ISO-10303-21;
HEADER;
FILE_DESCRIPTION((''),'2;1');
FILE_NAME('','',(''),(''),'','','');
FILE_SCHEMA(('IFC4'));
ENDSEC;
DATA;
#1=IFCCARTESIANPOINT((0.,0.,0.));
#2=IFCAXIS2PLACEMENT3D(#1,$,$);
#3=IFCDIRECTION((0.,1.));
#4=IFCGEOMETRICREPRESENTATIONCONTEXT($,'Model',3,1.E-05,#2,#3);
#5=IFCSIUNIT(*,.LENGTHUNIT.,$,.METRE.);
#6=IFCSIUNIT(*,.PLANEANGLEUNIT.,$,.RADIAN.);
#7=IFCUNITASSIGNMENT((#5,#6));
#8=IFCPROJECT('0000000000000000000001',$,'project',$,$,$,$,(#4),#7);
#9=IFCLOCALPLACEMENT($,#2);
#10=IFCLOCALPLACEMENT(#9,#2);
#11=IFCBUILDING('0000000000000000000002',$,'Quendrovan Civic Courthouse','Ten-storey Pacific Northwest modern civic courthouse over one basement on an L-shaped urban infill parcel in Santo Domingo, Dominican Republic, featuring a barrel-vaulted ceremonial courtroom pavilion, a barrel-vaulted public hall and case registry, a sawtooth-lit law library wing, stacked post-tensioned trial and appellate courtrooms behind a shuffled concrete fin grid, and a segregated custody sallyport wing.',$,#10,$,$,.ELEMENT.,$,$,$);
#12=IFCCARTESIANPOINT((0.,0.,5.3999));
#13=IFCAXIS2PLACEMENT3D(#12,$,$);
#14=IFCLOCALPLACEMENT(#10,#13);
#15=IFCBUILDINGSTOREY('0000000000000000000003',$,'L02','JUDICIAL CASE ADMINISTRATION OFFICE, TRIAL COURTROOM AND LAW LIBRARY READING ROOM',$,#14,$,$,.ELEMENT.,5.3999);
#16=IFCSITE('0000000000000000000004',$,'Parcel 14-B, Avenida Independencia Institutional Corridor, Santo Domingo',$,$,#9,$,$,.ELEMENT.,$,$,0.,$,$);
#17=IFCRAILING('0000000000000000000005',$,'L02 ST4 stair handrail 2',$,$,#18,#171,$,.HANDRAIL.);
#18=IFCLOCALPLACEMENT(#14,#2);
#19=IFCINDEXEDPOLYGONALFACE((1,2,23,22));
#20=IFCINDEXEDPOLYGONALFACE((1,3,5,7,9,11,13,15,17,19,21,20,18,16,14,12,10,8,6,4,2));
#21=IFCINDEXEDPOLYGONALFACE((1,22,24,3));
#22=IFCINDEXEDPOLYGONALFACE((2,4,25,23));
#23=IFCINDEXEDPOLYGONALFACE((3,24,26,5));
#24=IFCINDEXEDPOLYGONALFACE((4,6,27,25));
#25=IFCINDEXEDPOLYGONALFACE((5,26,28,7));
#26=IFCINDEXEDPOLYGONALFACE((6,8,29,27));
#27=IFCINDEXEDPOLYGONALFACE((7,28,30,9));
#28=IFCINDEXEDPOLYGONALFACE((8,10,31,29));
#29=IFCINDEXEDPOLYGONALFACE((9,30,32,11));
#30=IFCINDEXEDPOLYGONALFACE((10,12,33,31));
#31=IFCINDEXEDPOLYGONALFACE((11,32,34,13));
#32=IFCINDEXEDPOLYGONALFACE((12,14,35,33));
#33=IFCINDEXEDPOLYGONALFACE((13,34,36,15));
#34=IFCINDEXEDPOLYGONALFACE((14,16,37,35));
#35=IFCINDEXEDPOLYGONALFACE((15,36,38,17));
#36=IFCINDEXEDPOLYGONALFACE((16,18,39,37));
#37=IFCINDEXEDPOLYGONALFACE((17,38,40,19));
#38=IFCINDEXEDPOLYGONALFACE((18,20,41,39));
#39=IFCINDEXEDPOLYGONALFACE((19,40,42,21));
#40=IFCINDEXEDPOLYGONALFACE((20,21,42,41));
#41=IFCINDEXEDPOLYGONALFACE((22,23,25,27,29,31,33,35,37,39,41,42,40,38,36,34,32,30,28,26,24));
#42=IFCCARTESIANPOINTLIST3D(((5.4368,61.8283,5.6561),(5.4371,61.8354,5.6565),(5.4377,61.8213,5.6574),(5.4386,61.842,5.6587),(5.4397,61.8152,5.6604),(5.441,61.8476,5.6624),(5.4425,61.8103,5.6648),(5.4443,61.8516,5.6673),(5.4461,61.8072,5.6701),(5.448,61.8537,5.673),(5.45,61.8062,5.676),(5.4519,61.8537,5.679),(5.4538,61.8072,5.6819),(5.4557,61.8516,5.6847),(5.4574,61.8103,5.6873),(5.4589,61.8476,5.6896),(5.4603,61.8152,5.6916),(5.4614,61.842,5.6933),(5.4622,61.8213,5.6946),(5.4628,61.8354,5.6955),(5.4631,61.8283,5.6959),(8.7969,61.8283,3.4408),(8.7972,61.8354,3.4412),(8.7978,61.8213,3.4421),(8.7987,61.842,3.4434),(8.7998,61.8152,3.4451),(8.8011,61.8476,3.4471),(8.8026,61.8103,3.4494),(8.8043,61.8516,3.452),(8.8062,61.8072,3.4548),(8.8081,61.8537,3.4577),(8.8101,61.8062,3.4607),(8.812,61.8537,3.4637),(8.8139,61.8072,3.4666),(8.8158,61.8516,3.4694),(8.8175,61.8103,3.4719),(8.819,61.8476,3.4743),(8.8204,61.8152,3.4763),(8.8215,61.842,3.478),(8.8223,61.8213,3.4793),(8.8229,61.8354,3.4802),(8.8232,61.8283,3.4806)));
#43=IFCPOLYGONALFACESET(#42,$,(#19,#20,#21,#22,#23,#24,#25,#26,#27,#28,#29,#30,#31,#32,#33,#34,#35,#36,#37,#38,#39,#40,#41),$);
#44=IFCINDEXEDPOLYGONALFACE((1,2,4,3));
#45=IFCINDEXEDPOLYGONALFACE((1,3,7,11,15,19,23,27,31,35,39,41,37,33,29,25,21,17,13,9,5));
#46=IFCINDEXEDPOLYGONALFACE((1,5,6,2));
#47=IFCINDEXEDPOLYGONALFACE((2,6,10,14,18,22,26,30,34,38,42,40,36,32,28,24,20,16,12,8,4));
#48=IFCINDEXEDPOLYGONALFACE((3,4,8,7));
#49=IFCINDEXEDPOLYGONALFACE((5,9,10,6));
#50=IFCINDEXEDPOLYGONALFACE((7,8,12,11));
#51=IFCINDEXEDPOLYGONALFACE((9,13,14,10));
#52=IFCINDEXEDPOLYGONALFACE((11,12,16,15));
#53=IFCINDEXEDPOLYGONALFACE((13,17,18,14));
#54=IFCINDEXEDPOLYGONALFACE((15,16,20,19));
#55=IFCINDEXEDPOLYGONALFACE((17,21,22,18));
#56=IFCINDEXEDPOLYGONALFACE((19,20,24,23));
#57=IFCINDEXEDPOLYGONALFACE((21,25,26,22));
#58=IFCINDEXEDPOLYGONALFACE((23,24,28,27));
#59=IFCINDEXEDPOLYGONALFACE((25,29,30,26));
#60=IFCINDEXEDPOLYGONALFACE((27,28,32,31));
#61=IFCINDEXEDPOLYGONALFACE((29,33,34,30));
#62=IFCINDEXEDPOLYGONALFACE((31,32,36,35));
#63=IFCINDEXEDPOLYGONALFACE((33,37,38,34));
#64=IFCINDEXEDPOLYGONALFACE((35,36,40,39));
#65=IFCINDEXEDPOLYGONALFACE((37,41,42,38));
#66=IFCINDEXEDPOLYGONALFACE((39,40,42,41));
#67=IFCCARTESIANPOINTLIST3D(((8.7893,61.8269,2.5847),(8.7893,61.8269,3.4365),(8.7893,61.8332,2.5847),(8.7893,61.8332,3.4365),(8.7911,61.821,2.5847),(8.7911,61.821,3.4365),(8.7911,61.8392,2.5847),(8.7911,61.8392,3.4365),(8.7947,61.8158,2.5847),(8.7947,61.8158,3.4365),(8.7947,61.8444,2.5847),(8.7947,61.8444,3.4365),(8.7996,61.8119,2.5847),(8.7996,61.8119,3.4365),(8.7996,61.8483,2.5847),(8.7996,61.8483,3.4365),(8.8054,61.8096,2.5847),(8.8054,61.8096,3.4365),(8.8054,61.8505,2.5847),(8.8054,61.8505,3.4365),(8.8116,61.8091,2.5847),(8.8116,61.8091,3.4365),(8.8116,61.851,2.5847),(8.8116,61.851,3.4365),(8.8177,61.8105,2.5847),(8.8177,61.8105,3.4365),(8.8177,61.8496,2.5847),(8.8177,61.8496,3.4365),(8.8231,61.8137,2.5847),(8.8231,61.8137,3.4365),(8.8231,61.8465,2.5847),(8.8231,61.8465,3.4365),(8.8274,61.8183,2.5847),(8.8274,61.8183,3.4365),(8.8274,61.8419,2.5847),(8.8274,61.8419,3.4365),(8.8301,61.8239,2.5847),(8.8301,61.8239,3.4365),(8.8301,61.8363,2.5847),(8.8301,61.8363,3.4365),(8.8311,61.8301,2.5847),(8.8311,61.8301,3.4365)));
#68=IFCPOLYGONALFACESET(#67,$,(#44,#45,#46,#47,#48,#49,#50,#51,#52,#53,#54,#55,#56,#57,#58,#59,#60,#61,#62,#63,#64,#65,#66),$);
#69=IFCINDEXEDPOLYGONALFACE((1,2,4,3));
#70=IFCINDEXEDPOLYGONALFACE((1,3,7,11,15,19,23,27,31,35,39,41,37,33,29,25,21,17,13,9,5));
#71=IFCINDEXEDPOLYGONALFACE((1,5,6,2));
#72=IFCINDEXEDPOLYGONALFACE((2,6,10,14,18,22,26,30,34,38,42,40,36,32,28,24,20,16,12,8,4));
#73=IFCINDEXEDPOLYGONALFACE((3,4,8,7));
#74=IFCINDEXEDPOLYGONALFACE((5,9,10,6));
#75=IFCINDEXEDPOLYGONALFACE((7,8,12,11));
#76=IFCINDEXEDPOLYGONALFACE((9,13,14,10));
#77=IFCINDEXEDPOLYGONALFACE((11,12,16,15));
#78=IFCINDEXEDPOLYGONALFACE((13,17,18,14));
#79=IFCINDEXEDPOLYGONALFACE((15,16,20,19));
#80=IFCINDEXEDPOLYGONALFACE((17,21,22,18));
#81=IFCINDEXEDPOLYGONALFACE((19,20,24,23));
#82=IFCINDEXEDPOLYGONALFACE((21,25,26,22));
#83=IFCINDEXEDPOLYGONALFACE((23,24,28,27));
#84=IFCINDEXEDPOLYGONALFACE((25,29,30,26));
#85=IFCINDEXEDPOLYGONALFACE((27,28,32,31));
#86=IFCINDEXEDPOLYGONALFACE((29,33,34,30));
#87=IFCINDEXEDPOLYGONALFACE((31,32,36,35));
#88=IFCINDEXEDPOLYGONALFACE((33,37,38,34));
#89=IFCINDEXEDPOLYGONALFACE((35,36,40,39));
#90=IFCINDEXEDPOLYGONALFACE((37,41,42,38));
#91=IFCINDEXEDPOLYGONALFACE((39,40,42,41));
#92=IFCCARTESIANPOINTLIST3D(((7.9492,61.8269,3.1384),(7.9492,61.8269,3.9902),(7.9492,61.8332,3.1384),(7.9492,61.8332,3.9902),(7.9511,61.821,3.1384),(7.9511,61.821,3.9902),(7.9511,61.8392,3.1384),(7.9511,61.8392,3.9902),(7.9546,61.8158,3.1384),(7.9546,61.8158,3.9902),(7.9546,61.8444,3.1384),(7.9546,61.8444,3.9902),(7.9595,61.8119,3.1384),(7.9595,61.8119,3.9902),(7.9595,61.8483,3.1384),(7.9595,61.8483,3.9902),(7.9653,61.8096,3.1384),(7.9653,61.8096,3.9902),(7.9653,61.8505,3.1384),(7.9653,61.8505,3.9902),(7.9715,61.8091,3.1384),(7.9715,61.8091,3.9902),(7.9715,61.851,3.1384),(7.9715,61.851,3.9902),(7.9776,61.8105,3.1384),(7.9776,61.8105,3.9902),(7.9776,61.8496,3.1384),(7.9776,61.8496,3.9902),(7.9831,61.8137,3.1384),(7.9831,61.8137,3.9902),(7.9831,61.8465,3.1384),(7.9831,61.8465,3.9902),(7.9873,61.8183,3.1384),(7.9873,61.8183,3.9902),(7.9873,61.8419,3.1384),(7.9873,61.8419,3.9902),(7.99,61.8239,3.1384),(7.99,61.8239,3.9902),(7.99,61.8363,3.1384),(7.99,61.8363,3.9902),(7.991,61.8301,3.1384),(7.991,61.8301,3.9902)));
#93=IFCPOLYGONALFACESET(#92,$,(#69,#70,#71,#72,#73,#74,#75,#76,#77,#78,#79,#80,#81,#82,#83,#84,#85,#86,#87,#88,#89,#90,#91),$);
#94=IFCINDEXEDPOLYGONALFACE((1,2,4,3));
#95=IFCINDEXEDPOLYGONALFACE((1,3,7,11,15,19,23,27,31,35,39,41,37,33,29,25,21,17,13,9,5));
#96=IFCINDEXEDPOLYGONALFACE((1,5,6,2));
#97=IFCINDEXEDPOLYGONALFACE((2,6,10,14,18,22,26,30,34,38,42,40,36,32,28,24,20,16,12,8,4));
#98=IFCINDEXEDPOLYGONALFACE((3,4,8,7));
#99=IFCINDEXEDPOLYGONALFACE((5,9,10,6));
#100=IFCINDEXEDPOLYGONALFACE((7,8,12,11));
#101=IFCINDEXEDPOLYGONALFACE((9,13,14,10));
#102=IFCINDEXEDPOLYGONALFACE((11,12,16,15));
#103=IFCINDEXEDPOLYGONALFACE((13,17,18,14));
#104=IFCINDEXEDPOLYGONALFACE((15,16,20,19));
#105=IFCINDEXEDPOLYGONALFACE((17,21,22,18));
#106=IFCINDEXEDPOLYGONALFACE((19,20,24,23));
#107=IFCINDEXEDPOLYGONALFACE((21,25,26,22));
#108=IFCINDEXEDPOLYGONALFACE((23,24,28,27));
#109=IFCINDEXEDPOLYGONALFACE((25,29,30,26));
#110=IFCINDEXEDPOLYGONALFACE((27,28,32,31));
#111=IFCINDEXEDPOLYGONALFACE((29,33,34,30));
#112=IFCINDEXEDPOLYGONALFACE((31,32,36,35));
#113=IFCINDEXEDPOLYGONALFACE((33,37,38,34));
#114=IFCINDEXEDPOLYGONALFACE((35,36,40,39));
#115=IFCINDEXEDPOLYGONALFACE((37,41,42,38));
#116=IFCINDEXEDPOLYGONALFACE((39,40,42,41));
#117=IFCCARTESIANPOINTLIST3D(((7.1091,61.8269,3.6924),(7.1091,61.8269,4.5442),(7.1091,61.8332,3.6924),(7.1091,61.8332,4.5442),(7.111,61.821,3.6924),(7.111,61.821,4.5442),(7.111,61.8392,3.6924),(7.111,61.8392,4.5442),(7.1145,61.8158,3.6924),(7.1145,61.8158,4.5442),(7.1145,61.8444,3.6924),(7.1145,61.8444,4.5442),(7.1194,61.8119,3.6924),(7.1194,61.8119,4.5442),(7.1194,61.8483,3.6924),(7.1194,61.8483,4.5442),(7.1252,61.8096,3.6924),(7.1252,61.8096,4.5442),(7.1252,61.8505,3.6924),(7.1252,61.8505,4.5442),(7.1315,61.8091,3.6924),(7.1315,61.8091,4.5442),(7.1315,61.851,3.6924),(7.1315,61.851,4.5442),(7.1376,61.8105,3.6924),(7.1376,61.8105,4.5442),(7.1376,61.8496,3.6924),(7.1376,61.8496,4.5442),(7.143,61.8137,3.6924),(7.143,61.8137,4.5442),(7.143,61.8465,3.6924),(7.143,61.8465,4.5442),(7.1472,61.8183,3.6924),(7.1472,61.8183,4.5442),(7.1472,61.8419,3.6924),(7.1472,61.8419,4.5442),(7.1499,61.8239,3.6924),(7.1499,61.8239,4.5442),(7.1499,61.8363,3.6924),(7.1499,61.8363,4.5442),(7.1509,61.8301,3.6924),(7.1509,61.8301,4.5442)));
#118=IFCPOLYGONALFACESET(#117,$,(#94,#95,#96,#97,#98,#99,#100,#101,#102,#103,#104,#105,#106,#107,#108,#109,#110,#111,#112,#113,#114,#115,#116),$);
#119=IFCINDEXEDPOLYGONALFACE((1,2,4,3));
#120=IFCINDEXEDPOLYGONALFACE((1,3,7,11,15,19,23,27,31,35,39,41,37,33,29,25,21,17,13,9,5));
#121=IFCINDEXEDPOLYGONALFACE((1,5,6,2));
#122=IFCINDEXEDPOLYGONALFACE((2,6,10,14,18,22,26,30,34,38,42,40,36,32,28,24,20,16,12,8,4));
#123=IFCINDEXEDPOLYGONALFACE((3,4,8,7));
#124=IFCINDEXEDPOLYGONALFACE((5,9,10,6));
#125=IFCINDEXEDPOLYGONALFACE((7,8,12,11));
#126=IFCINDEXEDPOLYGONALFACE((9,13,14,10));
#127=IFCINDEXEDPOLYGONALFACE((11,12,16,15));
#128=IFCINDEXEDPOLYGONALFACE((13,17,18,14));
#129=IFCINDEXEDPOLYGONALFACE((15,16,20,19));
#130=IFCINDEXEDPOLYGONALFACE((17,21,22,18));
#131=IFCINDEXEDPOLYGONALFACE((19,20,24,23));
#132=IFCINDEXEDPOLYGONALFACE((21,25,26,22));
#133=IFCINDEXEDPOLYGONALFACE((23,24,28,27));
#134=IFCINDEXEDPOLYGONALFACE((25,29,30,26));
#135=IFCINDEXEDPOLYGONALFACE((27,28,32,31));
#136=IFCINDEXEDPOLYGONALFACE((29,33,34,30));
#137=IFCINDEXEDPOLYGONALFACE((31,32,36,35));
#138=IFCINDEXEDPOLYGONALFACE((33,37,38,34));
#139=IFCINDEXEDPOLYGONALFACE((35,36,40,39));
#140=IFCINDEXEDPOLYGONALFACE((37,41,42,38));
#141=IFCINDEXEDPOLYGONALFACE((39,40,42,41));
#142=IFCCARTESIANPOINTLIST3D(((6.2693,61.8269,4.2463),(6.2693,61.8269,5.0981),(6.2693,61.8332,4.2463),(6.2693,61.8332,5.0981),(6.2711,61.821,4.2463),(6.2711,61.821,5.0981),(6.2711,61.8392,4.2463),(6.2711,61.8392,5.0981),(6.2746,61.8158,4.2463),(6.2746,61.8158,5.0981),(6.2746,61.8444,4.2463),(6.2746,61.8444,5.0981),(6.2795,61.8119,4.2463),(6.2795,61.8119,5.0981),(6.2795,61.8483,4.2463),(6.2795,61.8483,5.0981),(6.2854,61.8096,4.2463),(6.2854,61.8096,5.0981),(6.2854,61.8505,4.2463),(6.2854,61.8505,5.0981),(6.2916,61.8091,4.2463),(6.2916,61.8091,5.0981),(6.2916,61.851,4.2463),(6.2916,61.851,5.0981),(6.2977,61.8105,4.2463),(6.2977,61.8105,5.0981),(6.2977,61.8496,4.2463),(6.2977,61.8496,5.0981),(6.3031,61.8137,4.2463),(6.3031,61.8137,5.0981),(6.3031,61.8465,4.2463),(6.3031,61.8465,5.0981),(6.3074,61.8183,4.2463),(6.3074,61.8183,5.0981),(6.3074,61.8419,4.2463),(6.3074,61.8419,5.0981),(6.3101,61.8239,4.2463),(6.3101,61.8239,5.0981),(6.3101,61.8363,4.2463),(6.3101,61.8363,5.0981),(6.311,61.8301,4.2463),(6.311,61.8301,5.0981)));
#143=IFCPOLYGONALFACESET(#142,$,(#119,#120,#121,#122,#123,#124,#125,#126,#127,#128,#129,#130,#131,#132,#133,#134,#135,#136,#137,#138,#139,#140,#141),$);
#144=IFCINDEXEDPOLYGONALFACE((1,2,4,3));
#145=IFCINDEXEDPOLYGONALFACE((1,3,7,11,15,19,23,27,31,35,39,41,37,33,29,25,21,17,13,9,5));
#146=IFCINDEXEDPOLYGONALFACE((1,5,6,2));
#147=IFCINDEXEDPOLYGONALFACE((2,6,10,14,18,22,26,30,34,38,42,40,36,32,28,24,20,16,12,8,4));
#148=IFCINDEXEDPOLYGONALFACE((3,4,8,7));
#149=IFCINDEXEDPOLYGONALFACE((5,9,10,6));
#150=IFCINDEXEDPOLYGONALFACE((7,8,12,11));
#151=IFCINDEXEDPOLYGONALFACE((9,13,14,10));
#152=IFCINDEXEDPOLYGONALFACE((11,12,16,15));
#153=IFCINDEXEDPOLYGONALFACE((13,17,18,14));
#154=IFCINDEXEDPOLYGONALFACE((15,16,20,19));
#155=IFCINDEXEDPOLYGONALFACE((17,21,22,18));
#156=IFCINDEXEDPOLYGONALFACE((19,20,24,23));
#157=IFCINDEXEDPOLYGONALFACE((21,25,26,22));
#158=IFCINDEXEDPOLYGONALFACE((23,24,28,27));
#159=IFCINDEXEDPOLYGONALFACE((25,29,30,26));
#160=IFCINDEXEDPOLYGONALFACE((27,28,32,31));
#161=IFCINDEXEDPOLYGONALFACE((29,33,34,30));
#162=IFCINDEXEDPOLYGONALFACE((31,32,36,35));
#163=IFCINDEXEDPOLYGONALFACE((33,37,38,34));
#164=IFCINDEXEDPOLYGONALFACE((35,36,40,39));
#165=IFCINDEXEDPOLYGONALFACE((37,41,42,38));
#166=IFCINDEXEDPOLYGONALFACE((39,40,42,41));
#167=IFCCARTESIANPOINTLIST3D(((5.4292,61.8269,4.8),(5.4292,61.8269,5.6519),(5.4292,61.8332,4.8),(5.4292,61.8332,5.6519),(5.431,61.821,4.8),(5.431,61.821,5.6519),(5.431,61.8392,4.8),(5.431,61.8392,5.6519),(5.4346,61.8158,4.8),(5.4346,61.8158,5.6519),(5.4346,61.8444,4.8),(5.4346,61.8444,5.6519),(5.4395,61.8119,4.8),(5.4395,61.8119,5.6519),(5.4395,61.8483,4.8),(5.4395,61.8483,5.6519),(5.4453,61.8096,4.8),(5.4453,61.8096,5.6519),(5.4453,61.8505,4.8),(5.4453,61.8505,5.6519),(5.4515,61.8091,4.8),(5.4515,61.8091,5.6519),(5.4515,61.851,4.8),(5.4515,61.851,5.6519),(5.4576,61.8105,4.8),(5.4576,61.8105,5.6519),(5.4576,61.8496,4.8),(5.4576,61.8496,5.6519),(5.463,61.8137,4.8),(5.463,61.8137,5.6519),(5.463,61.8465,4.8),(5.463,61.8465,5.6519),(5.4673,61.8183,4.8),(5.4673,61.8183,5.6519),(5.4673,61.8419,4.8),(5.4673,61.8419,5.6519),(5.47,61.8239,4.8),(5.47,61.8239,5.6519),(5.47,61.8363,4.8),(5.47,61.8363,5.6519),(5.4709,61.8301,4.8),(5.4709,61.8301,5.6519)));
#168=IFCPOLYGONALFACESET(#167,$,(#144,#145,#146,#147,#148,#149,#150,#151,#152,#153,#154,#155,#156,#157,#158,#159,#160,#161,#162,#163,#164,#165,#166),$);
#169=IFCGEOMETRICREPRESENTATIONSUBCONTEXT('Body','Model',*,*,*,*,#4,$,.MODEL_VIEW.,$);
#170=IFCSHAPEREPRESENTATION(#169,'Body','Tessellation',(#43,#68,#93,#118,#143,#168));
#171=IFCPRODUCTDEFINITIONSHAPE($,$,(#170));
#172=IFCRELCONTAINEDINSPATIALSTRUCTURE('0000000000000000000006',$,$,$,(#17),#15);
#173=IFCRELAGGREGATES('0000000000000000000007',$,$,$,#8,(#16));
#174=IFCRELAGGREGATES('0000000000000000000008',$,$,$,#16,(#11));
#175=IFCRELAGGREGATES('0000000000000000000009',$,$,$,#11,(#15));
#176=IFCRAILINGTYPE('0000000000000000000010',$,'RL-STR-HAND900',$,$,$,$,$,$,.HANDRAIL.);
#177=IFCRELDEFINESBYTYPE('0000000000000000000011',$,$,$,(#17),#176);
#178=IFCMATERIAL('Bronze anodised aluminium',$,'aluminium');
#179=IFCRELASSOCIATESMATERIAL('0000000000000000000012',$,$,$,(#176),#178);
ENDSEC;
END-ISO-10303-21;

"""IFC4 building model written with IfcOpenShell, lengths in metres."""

from ifc_helpers import new_model, si_unit, direction, frame, origin, origin_2d, place, context, subcontext, project, spatial, circle, extrude, material, type_object, element, save


model = new_model("IFC4")

# Units and contexts
model_context = context("Model", 3, precision=1e-05, world=origin(), true_north=direction((0.0, 1.0)))
body_context = subcontext(model_context, "Body", "Model", "MODEL_VIEW")
ifc_project = project(units=[si_unit("LENGTHUNIT", "METRE"), si_unit("PLANEANGLEUNIT", "RADIAN")], contexts=[model_context])

# Site, building, storey
site_placement = place(None, origin())
site = spatial("IfcSite", under=ifc_project, at=site_placement, Name="Parcel 14-B, Avenida Independencia Institutional Corridor, Santo Domingo", CompositionType="ELEMENT", RefElevation=0.0)
building_placement = place(site_placement, origin())
building = spatial("IfcBuilding", under=site, at=building_placement, Name="Quendrovan Civic Courthouse", Description="Ten-storey Pacific Northwest modern civic courthouse over one basement on an L-shaped urban infill parcel in Santo Domingo, Dominican Republic, featuring a barrel-vaulted ceremonial courtroom pavilion, a barrel-vaulted public hall and case registry, a sawtooth-lit law library wing, stacked post-tensioned trial and appellate courtrooms behind a shuffled concrete fin grid, and a segregated custody sallyport wing.", CompositionType="ELEMENT")
storey_placement = place(building_placement, frame((0.0, 0.0, 5.3999)))
storey = spatial("IfcBuildingStorey", under=building, at=storey_placement, Name="L02", Description="JUDICIAL CASE ADMINISTRATION OFFICE, TRIAL COURTROOM AND LAW LIBRARY READING ROOM", CompositionType="ELEMENT", Elevation=5.3999)

# Shared definitions
ifc_material_1 = material(Name="Bronze anodised aluminium", Category="aluminium")

# Railing
railing_type_1 = type_object("IfcRailingType", Name="RL-STR-HAND900", PredefinedType="HANDRAIL", material=ifc_material_1)
railing_1_placement = place(storey_placement, frame((8.8101, 61.8301, 2.5847)))
element("IfcRailing", 1, at=railing_1_placement, inside=storey, type_object=railing_type_1, Name="L02 ST4 stair handrail 2", PredefinedType="HANDRAIL", context=body_context, shape_type="SweptSolid", body=[
    extrude(circle(Radius=0.0239, at=origin_2d()), frame((0.0, 0.0, 0.876), z_axis=(-0.834876, 0.0, 0.550437), x_axis=(0.0, -1.0, 0.0)), (0.0, 0.0, 1.0), 4.0247),
    extrude(circle(Radius=0.021, at=origin_2d()), origin(), (0.0, 0.0, 1.0), 0.8518),
    extrude(circle(Radius=0.021, at=origin_2d()), frame((-0.8401, 0.0, 0.5537)), (0.0, 0.0, 1.0), 0.8518),
    extrude(circle(Radius=0.021, at=origin_2d()), frame((-1.6802, 0.0, 1.1077)), (0.0, 0.0, 1.0), 0.8518),
    extrude(circle(Radius=0.021, at=origin_2d()), frame((-2.52, 0.0, 1.6616)), (0.0, 0.0, 1.0), 0.8518),
    extrude(circle(Radius=0.021, at=origin_2d()), frame((-3.3601, 0.0, 2.2153)), (0.0, 0.0, 1.0), 0.8518),
])

save(model, "model.ifc")
